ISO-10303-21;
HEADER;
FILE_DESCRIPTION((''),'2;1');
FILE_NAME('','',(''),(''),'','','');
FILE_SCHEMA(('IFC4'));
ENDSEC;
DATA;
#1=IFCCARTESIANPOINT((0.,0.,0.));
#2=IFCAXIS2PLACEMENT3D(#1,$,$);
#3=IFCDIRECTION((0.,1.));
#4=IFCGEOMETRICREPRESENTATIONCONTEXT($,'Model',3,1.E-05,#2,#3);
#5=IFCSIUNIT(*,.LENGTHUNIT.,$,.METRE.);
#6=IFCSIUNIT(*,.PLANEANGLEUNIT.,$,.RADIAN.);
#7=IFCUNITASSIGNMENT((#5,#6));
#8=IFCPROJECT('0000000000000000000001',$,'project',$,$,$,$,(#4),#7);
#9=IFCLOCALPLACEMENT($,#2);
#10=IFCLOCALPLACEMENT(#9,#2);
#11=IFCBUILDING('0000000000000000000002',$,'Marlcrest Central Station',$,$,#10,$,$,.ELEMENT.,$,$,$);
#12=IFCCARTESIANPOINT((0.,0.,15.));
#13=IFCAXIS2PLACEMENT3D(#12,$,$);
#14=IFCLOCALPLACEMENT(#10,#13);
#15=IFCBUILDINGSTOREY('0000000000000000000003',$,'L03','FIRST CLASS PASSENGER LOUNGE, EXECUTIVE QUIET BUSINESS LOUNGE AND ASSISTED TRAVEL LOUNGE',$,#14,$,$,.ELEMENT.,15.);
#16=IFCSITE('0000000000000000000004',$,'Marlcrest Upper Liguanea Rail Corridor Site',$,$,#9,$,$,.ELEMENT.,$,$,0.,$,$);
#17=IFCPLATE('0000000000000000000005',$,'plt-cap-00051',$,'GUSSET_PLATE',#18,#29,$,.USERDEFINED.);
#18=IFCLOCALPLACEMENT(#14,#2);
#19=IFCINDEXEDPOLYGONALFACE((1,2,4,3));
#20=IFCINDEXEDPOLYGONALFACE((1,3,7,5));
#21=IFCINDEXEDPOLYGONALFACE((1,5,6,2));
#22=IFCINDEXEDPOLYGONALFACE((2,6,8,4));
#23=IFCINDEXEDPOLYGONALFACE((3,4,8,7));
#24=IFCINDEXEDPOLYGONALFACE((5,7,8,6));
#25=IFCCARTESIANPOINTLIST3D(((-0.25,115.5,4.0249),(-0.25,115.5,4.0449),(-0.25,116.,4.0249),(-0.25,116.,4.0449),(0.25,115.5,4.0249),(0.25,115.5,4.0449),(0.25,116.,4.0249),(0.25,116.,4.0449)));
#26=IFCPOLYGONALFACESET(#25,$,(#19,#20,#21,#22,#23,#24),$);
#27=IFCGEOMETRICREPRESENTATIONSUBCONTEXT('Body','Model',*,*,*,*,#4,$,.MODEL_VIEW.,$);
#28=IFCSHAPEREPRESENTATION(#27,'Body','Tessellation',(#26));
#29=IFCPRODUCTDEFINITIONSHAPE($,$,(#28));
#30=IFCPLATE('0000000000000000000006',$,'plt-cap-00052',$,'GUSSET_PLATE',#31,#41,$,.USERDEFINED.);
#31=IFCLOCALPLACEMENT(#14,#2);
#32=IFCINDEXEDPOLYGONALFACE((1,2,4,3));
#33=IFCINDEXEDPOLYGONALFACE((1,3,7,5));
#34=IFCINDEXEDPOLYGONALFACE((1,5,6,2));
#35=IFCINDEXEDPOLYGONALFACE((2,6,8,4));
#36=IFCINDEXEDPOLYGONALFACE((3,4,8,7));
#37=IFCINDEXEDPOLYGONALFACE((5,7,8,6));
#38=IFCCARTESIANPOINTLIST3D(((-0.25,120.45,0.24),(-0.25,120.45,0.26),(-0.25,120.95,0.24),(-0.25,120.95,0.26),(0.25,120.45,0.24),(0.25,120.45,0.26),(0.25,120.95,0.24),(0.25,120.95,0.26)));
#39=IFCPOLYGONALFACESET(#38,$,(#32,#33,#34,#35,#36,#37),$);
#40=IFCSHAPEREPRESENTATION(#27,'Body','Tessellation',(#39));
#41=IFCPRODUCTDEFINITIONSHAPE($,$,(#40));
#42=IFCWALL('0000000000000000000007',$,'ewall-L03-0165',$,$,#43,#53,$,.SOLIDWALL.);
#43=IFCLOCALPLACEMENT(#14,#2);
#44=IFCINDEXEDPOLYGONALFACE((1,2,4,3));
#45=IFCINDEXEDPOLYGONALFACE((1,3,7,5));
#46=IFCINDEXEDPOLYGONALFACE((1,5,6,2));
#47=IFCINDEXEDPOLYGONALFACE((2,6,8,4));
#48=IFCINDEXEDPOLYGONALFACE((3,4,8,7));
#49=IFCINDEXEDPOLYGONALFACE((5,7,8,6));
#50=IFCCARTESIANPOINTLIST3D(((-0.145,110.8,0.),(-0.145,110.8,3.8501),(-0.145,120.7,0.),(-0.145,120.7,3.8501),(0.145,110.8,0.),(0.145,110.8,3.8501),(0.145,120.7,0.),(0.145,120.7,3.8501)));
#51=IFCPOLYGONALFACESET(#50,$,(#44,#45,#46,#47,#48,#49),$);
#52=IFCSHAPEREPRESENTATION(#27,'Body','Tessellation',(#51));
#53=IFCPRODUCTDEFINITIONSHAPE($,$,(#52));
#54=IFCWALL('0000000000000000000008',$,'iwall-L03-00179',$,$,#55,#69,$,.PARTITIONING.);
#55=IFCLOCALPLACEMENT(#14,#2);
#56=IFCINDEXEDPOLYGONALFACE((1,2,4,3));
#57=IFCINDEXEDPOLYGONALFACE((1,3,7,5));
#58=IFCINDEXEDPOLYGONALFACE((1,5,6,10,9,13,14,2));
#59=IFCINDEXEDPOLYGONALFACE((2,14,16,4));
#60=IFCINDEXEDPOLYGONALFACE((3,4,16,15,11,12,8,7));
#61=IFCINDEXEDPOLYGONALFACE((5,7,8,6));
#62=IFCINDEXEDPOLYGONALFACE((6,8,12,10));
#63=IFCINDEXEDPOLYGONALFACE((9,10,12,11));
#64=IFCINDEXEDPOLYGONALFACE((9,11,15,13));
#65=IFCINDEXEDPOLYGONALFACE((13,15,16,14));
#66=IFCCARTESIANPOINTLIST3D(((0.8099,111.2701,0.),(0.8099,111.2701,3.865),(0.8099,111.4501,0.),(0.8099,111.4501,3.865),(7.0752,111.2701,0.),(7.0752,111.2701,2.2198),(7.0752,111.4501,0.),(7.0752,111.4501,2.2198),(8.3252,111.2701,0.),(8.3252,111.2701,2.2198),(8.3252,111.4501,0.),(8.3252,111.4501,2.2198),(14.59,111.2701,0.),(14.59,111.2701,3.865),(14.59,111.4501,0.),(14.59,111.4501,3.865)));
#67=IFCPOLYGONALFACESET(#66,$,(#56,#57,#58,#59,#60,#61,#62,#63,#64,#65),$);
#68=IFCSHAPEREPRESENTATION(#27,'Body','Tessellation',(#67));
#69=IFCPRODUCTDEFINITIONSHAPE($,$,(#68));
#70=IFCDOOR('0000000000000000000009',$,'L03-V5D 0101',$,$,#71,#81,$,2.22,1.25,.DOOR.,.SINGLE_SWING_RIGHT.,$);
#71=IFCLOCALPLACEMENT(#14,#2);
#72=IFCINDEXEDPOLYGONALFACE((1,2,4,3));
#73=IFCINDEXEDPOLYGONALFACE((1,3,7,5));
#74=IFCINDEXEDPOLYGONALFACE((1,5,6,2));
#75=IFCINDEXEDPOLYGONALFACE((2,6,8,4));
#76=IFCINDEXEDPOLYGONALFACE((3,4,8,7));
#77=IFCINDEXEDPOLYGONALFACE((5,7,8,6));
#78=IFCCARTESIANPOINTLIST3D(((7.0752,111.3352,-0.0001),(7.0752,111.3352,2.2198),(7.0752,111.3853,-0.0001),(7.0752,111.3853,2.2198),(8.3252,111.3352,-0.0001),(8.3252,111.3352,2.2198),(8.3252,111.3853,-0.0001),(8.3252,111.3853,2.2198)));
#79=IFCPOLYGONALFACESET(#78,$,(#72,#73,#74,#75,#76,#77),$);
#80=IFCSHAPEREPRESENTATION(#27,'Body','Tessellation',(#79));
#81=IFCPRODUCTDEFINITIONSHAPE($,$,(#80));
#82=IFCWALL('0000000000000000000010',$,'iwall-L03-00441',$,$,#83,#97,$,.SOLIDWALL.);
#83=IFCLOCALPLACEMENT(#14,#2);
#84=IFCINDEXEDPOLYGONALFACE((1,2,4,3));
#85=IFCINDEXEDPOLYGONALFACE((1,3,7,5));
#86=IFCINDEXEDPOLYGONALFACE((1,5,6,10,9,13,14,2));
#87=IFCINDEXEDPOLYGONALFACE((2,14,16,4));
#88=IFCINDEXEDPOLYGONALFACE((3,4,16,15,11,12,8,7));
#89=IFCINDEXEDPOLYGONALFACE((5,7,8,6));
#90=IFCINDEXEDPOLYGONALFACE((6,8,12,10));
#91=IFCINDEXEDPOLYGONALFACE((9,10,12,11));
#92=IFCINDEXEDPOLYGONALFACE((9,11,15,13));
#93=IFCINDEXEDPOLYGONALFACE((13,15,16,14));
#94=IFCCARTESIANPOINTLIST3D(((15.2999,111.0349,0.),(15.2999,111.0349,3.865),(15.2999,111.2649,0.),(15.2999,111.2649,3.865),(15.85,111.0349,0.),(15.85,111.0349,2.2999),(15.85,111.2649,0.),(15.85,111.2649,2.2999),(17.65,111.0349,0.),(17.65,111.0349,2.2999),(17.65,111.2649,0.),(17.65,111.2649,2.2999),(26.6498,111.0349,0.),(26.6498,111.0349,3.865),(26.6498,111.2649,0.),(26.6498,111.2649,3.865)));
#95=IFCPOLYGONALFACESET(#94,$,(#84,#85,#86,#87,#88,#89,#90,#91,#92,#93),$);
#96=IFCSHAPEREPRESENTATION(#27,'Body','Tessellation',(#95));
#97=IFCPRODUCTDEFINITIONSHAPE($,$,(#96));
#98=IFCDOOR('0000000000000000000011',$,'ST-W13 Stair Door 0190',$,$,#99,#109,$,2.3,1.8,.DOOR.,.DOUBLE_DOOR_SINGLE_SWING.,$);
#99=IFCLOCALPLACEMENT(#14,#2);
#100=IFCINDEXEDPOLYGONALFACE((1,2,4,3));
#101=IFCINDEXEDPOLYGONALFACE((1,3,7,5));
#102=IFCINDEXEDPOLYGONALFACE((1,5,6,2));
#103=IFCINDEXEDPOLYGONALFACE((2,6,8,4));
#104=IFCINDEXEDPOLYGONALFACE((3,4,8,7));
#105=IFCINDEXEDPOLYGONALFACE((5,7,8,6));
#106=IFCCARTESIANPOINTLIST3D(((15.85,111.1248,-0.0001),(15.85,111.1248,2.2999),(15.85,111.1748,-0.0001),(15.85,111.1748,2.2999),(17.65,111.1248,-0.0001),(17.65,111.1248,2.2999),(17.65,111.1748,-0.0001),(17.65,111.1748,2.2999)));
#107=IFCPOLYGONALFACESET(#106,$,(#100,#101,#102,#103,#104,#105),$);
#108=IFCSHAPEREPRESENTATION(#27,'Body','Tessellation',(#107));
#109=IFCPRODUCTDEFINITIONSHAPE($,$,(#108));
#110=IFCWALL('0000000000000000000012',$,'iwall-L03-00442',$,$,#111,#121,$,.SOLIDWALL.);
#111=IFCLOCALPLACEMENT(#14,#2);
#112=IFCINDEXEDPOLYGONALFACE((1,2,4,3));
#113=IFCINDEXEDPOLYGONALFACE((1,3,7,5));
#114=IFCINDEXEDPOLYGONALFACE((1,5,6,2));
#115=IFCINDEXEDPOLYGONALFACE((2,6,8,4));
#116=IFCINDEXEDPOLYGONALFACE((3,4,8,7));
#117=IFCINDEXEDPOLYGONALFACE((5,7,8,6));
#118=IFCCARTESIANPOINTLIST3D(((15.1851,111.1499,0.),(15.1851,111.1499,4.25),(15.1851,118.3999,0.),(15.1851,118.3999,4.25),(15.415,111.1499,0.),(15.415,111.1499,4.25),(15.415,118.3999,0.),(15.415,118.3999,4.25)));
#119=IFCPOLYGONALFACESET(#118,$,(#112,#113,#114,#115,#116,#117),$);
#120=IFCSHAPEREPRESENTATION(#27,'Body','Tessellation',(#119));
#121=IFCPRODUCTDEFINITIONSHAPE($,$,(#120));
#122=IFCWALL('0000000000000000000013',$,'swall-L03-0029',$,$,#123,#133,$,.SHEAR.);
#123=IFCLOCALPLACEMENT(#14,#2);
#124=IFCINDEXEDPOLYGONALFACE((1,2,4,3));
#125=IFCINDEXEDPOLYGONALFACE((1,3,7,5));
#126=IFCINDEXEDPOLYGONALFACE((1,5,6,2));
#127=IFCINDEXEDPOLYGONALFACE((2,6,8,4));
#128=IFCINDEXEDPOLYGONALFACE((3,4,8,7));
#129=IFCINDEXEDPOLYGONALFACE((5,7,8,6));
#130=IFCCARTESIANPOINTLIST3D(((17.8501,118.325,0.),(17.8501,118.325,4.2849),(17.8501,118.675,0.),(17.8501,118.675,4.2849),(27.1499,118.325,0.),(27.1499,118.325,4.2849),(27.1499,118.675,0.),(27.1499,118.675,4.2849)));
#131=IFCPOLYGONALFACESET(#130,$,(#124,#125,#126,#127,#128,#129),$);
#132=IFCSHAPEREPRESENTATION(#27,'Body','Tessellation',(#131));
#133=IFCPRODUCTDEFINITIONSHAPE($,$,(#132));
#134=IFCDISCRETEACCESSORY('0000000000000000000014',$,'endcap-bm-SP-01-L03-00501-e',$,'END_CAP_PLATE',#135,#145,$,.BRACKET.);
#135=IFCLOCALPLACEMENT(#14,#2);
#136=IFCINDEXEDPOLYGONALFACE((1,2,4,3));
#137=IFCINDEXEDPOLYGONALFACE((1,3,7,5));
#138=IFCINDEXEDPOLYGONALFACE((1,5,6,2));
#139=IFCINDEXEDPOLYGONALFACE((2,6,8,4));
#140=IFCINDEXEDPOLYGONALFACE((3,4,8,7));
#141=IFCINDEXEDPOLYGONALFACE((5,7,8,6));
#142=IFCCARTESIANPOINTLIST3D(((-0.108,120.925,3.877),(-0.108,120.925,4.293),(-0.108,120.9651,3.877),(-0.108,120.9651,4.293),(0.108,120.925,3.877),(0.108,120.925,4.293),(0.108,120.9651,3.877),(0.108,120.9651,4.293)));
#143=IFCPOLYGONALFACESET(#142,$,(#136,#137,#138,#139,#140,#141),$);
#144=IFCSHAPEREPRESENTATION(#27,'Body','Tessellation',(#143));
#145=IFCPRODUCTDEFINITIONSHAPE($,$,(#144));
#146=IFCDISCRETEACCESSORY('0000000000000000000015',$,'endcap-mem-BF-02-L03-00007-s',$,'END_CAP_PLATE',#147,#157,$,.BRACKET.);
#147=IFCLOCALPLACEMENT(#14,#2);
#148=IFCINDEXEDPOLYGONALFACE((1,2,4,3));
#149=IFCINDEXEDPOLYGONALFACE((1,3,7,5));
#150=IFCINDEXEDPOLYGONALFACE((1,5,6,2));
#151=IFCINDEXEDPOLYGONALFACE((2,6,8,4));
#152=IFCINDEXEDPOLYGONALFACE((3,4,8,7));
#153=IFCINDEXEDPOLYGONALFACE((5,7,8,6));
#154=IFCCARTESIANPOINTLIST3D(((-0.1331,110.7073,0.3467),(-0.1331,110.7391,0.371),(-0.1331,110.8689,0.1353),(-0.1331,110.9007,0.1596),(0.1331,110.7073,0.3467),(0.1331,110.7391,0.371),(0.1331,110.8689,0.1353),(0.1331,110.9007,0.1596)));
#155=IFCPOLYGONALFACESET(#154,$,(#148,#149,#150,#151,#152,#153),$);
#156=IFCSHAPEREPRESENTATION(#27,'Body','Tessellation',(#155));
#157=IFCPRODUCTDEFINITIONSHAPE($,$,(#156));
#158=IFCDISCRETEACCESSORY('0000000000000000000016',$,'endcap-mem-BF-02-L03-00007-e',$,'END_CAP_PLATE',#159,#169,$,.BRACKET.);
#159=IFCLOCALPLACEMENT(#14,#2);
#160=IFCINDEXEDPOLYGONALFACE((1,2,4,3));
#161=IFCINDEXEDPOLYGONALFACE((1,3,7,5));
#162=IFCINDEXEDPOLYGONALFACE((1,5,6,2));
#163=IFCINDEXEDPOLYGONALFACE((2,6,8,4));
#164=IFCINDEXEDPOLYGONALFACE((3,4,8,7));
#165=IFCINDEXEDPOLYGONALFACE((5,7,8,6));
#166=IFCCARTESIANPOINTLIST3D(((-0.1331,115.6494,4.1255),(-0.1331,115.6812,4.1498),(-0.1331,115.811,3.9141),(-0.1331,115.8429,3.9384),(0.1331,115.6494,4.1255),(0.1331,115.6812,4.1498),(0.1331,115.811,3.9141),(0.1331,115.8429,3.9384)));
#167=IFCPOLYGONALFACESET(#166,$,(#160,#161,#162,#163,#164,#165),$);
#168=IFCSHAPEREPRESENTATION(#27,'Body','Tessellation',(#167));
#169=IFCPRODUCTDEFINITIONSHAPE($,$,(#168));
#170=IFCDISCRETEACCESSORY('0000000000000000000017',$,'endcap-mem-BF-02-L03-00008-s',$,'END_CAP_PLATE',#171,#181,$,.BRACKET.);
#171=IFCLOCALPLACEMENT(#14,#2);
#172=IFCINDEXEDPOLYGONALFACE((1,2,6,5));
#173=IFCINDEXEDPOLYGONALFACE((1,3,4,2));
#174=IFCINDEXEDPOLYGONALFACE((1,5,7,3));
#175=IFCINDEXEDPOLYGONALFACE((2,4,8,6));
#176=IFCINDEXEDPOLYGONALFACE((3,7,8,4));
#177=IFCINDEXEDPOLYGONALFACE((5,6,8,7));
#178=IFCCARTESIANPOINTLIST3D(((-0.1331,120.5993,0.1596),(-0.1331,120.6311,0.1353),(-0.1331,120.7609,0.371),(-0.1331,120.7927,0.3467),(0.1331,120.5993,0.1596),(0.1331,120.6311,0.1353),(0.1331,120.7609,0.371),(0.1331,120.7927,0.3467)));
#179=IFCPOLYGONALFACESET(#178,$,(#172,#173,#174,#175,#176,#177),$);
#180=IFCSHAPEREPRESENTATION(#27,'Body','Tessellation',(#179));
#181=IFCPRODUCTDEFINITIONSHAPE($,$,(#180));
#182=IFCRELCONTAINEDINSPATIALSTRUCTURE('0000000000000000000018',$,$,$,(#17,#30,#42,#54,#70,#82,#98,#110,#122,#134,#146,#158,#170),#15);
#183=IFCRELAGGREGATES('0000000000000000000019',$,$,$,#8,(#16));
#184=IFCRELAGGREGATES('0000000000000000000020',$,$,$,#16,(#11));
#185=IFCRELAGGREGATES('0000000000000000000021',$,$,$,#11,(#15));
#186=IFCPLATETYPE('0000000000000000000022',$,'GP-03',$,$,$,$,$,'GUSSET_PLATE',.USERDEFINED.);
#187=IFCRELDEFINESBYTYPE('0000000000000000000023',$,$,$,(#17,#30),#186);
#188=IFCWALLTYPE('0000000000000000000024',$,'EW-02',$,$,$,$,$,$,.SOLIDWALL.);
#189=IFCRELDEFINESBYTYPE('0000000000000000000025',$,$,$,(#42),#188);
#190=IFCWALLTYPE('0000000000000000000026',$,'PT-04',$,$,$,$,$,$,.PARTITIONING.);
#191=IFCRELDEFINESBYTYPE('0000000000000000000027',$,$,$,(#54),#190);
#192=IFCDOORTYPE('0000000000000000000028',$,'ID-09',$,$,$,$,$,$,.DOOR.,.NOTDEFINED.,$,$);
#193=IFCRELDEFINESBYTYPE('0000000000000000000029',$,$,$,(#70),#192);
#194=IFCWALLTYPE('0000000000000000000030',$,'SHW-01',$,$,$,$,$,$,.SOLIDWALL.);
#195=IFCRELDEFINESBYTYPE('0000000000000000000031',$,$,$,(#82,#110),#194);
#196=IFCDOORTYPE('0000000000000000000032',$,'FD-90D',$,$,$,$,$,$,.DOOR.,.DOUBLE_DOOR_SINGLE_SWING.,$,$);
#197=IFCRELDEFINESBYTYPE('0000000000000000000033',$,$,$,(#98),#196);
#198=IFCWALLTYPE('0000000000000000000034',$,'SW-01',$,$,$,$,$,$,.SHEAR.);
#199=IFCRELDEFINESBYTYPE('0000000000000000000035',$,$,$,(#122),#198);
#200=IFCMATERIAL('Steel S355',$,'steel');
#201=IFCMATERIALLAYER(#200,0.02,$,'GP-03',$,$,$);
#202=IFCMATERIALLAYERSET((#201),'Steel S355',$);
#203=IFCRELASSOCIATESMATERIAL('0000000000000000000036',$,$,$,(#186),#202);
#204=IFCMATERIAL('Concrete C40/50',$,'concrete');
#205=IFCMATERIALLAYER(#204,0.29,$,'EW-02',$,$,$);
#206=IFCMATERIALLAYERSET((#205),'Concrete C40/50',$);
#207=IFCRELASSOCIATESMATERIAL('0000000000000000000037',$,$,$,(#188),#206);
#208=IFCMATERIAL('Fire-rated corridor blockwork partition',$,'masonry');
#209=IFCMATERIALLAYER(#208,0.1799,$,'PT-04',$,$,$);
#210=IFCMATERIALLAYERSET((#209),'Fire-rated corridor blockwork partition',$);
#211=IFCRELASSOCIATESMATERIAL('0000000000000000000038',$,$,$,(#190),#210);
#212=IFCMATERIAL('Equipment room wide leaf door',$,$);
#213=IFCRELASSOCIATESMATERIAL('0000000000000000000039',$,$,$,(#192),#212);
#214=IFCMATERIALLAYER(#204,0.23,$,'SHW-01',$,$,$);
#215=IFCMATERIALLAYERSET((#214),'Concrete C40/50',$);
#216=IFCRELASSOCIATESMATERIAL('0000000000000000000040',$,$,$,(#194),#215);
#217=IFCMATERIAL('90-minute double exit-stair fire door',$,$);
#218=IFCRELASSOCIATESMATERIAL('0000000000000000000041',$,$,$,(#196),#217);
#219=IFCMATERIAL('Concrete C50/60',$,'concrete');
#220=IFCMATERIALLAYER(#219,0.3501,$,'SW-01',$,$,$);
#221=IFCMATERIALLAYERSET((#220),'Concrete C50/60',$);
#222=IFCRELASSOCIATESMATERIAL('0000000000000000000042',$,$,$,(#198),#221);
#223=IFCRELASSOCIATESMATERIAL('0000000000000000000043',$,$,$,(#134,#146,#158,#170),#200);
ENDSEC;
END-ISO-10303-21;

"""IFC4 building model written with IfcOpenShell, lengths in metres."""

from ifc_helpers import new_model, si_unit, direction, frame, frame_2d, origin, origin_2d, place, context, subcontext, project, spatial, rectangle, extrude, material, layer, layer_set, type_object, element, fill, save


model = new_model("IFC4")

# Units and contexts
model_context = context("Model", 3, precision=1e-05, world=origin(), true_north=direction((0.0, 1.0)))
body_context = subcontext(model_context, "Body", "Model", "MODEL_VIEW")
ifc_project = project(units=[si_unit("LENGTHUNIT", "METRE"), si_unit("PLANEANGLEUNIT", "RADIAN")], contexts=[model_context])

# Site, building, storey
site_placement = place(None, origin())
site = spatial("IfcSite", under=ifc_project, at=site_placement, Name="Marlcrest Upper Liguanea Rail Corridor Site", CompositionType="ELEMENT", RefElevation=0.0)
building_placement = place(site_placement, origin())
building = spatial("IfcBuilding", under=site, at=building_placement, Name="Marlcrest Central Station", CompositionType="ELEMENT")
storey_placement = place(building_placement, frame((0.0, 0.0, 15.0)))
storey = spatial("IfcBuildingStorey", under=building, at=storey_placement, Name="L03", Description="FIRST CLASS PASSENGER LOUNGE, EXECUTIVE QUIET BUSINESS LOUNGE AND ASSISTED TRAVEL LOUNGE", CompositionType="ELEMENT", Elevation=15.0)

# Shared definitions
ifc_material_1 = material(Name="Steel S355", Category="steel")

# Plates
ifc_layer_1 = layer(ifc_material_1, 0.02, Name="GP-03")
ifc_layer_set_1 = layer_set([ifc_layer_1], Name="Steel S355")
plate_type = type_object("IfcPlateType", Name="GP-03", ElementType="GUSSET_PLATE", PredefinedType="USERDEFINED", material=ifc_layer_set_1)
for number, where, z_axis, x_axis, name in (
    (1, (0.0, 115.75, 4.0249), (0.0, 0.0, 1.0), (1.0, 0.0, 0.0), "plt-cap-00051"),
    (2, (0.0, 120.7, 0.24), (0.0, 0.0, 1.0), (1.0, 0.0, 0.0), "plt-cap-00052"),
):
    element("IfcPlate", number, at=place(storey_placement, frame(where, z_axis=z_axis, x_axis=x_axis)), inside=storey, type_object=plate_type, Name=name, ObjectType="GUSSET_PLATE", PredefinedType="USERDEFINED", context=body_context, shape_type="SweptSolid", body=[
        extrude(rectangle(XDim=0.5, YDim=0.5, at=origin_2d()), origin(), (0.0, 0.0, 1.0), 0.02),
    ])

# Wall
ifc_material_2 = material(Name="Concrete C40/50", Category="concrete")
ifc_layer_2 = layer(ifc_material_2, 0.29, Name="EW-02")
ifc_layer_set_2 = layer_set([ifc_layer_2], Name="Concrete C40/50")
wall_type_1 = type_object("IfcWallType", Name="EW-02", PredefinedType="SOLIDWALL", material=ifc_layer_set_2)
wall_1_placement = place(storey_placement, frame((0.0, 110.8, 0.0), z_axis=(0.0, 0.0, 1.0), x_axis=(0.0, 1.0, 0.0)))
element("IfcWall", 3, at=wall_1_placement, inside=storey, type_object=wall_type_1, Name="ewall-L03-0165", PredefinedType="SOLIDWALL", context=body_context, shape_type="SweptSolid", body=[
    extrude(rectangle(XDim=9.8999, YDim=0.29, at=frame_2d((4.95, 0.0))), origin(), (0.0, 0.0, 1.0), 3.8501),
])

# Walls, openings, doors
ifc_material_3 = material(Name="Fire-rated corridor blockwork partition", Category="masonry")
ifc_layer_3 = layer(ifc_material_3, 0.1799, Name="PT-04")
ifc_layer_set_3 = layer_set([ifc_layer_3], Name="Fire-rated corridor blockwork partition")
wall_type_2 = type_object("IfcWallType", Name="PT-04", PredefinedType="PARTITIONING", material=ifc_layer_set_3)
wall_2_placement = place(storey_placement, frame((14.5901, 111.3601, 0.0), z_axis=(0.0, 0.0, 1.0), x_axis=(-1.0, 0.0, 0.0)))
wall_2 = element("IfcWall", 4, at=wall_2_placement, inside=storey, type_object=wall_type_2, Name="iwall-L03-00179", PredefinedType="PARTITIONING", context=body_context, shape_type="SweptSolid", body=[
    extrude(rectangle(XDim=13.78, YDim=0.1799, at=frame_2d((6.8901, 0.0))), origin(), (0.0, 0.0, 1.0), 3.865),
])
opening_1_placement = place(wall_2_placement, frame((6.2649, 0.0, 0.0)))
opening_1 = element("IfcOpeningElement", 5, at=opening_1_placement, cuts=wall_2, PredefinedType="OPENING", context=body_context, shape_type="SweptSolid", body=[
    extrude(rectangle(XDim=1.25, YDim=2.22, at=frame_2d((0.625, 1.1099))), frame((0.0, 0.0999, 0.0), z_axis=(0.0, -1.0, 0.0), x_axis=(1.0, 0.0, 0.0)), (0.0, 0.0, 1.0), 0.2),
])
ifc_material_4 = material(Name="Equipment room wide leaf door")
door_type_1 = type_object("IfcDoorType", Name="ID-09", OperationType="NOTDEFINED", PredefinedType="DOOR", material=ifc_material_4)
door_1_placement = place(opening_1_placement, origin())
door_1 = element("IfcDoor", 6, at=door_1_placement, inside=storey, type_object=door_type_1, Name="L03-V5D 0101", OperationType="SINGLE_SWING_RIGHT", OverallHeight=2.22, OverallWidth=1.25, PredefinedType="DOOR", context=body_context, shape_type="SweptSolid", body=[
    extrude(rectangle(XDim=1.25, YDim=2.22, at=frame_2d((0.625, 1.1099))), frame((0.0, 0.0249, 0.0), z_axis=(0.0, -1.0, 0.0), x_axis=(1.0, 0.0, 0.0)), (0.0, 0.0, 1.0), 0.05),
])
fill(opening_1, door_1)
ifc_layer_4 = layer(ifc_material_2, 0.23, Name="SHW-01")
ifc_layer_set_4 = layer_set([ifc_layer_4], Name="Concrete C40/50")
wall_type_3 = type_object("IfcWallType", Name="SHW-01", PredefinedType="SOLIDWALL", material=ifc_layer_set_4)
wall_3_placement = place(storey_placement, frame((15.3, 111.1499, 0.0), z_axis=(0.0, 0.0, 1.0), x_axis=(1.0, 0.0, 0.0)))
wall_3 = element("IfcWall", 7, at=wall_3_placement, inside=storey, type_object=wall_type_3, Name="iwall-L03-00441", PredefinedType="SOLIDWALL", context=body_context, shape_type="SweptSolid", body=[
    extrude(rectangle(XDim=11.3499, YDim=0.23, at=frame_2d((5.6748, 0.0))), origin(), (0.0, 0.0, 1.0), 3.865),
])
opening_2_placement = place(wall_3_placement, frame((0.55, 0.0, 0.0)))
opening_2 = element("IfcOpeningElement", 8, at=opening_2_placement, cuts=wall_3, PredefinedType="OPENING", context=body_context, shape_type="SweptSolid", body=[
    extrude(rectangle(XDim=1.8, YDim=2.3, at=frame_2d((0.8999, 1.1499))), frame((0.0, 0.125, 0.0), z_axis=(0.0, -1.0, 0.0), x_axis=(1.0, 0.0, 0.0)), (0.0, 0.0, 1.0), 0.25),
])
ifc_material_5 = material(Name="90-minute double exit-stair fire door")
door_type_2 = type_object("IfcDoorType", Name="FD-90D", OperationType="DOUBLE_DOOR_SINGLE_SWING", PredefinedType="DOOR", material=ifc_material_5)
door_2_placement = place(opening_2_placement, origin())
door_2 = element("IfcDoor", 9, at=door_2_placement, inside=storey, type_object=door_type_2, Name="ST-W13 Stair Door 0190", OperationType="DOUBLE_DOOR_SINGLE_SWING", OverallHeight=2.3, OverallWidth=1.8, PredefinedType="DOOR", context=body_context, shape_type="SweptSolid", body=[
    extrude(rectangle(XDim=1.8, YDim=2.3, at=frame_2d((0.8999, 1.1499))), frame((0.0, 0.0249, 0.0), z_axis=(0.0, -1.0, 0.0), x_axis=(1.0, 0.0, 0.0)), (0.0, 0.0, 1.0), 0.05),
])
fill(opening_2, door_2)

# Walls
wall_4_placement = place(storey_placement, frame((15.3, 111.1499, 0.0), z_axis=(0.0, 0.0, 1.0), x_axis=(0.0, 1.0, 0.0)))
element("IfcWall", 10, at=wall_4_placement, inside=storey, type_object=wall_type_3, Name="iwall-L03-00442", PredefinedType="SOLIDWALL", context=body_context, shape_type="SweptSolid", body=[
    extrude(rectangle(XDim=7.25, YDim=0.23, at=frame_2d((3.625, 0.0))), origin(), (0.0, 0.0, 1.0), 4.25),
])
ifc_material_6 = material(Name="Concrete C50/60", Category="concrete")
ifc_layer_5 = layer(ifc_material_6, 0.3501, Name="SW-01")
ifc_layer_set_5 = layer_set([ifc_layer_5], Name="Concrete C50/60")
wall_type_4 = type_object("IfcWallType", Name="SW-01", PredefinedType="SHEAR", material=ifc_layer_set_5)
wall_5_placement = place(storey_placement, frame((17.8501, 118.5, 0.0), z_axis=(0.0, 0.0, 1.0), x_axis=(1.0, 0.0, 0.0)))
element("IfcWall", 11, at=wall_5_placement, inside=storey, type_object=wall_type_4, Name="swall-L03-0029", PredefinedType="SHEAR", context=body_context, shape_type="SweptSolid", body=[
    extrude(rectangle(XDim=9.2998, YDim=0.3501, at=frame_2d((4.6499, 0.0))), origin(), (0.0, 0.0, 1.0), 4.2849),
])

# Discrete accessories
discrete_accessory_placement = place(storey_placement, frame((0.0, 120.925, 4.085), z_axis=(0.0, 1.0, 0.0), x_axis=(-1.0, 0.0, 0.0)))
element("IfcDiscreteAccessory", 12, at=discrete_accessory_placement, inside=storey, material=ifc_material_1, Name="endcap-bm-SP-01-L03-00501-e", ObjectType="END_CAP_PLATE", PredefinedType="BRACKET", context=body_context, shape_type="SweptSolid", body=[
    extrude(rectangle(XDim=0.2161, YDim=0.416, at=origin_2d()), origin(), (0.0, 0.0, 1.0), 0.04),
])
for number, where, z_axis, x_axis, name in (
    (13, (0.0, 110.7881, 0.241), (0.0, 0.794385, 0.607415), (-1.0, 0.0, 0.0), "endcap-mem-BF-02-L03-00007-s"),
    (14, (0.0, 115.7302, 4.0198), (0.0, 0.794385, 0.607415), (-1.0, 0.0, 0.0), "endcap-mem-BF-02-L03-00007-e"),
    (15, (0.0, 120.7119, 0.241), (0.0, -0.794385, 0.607415), (1.0, 0.0, 0.0), "endcap-mem-BF-02-L03-00008-s"),
):
    element("IfcDiscreteAccessory", number, at=place(storey_placement, frame(where, z_axis=z_axis, x_axis=x_axis)), inside=storey, material=ifc_material_1, Name=name, ObjectType="END_CAP_PLATE", PredefinedType="BRACKET", context=body_context, shape_type="SweptSolid", body=[
        extrude(rectangle(XDim=0.2661, YDim=0.2661, at=origin_2d()), origin(), (0.0, 0.0, 1.0), 0.04),
    ])

save(model, "model.ifc")
